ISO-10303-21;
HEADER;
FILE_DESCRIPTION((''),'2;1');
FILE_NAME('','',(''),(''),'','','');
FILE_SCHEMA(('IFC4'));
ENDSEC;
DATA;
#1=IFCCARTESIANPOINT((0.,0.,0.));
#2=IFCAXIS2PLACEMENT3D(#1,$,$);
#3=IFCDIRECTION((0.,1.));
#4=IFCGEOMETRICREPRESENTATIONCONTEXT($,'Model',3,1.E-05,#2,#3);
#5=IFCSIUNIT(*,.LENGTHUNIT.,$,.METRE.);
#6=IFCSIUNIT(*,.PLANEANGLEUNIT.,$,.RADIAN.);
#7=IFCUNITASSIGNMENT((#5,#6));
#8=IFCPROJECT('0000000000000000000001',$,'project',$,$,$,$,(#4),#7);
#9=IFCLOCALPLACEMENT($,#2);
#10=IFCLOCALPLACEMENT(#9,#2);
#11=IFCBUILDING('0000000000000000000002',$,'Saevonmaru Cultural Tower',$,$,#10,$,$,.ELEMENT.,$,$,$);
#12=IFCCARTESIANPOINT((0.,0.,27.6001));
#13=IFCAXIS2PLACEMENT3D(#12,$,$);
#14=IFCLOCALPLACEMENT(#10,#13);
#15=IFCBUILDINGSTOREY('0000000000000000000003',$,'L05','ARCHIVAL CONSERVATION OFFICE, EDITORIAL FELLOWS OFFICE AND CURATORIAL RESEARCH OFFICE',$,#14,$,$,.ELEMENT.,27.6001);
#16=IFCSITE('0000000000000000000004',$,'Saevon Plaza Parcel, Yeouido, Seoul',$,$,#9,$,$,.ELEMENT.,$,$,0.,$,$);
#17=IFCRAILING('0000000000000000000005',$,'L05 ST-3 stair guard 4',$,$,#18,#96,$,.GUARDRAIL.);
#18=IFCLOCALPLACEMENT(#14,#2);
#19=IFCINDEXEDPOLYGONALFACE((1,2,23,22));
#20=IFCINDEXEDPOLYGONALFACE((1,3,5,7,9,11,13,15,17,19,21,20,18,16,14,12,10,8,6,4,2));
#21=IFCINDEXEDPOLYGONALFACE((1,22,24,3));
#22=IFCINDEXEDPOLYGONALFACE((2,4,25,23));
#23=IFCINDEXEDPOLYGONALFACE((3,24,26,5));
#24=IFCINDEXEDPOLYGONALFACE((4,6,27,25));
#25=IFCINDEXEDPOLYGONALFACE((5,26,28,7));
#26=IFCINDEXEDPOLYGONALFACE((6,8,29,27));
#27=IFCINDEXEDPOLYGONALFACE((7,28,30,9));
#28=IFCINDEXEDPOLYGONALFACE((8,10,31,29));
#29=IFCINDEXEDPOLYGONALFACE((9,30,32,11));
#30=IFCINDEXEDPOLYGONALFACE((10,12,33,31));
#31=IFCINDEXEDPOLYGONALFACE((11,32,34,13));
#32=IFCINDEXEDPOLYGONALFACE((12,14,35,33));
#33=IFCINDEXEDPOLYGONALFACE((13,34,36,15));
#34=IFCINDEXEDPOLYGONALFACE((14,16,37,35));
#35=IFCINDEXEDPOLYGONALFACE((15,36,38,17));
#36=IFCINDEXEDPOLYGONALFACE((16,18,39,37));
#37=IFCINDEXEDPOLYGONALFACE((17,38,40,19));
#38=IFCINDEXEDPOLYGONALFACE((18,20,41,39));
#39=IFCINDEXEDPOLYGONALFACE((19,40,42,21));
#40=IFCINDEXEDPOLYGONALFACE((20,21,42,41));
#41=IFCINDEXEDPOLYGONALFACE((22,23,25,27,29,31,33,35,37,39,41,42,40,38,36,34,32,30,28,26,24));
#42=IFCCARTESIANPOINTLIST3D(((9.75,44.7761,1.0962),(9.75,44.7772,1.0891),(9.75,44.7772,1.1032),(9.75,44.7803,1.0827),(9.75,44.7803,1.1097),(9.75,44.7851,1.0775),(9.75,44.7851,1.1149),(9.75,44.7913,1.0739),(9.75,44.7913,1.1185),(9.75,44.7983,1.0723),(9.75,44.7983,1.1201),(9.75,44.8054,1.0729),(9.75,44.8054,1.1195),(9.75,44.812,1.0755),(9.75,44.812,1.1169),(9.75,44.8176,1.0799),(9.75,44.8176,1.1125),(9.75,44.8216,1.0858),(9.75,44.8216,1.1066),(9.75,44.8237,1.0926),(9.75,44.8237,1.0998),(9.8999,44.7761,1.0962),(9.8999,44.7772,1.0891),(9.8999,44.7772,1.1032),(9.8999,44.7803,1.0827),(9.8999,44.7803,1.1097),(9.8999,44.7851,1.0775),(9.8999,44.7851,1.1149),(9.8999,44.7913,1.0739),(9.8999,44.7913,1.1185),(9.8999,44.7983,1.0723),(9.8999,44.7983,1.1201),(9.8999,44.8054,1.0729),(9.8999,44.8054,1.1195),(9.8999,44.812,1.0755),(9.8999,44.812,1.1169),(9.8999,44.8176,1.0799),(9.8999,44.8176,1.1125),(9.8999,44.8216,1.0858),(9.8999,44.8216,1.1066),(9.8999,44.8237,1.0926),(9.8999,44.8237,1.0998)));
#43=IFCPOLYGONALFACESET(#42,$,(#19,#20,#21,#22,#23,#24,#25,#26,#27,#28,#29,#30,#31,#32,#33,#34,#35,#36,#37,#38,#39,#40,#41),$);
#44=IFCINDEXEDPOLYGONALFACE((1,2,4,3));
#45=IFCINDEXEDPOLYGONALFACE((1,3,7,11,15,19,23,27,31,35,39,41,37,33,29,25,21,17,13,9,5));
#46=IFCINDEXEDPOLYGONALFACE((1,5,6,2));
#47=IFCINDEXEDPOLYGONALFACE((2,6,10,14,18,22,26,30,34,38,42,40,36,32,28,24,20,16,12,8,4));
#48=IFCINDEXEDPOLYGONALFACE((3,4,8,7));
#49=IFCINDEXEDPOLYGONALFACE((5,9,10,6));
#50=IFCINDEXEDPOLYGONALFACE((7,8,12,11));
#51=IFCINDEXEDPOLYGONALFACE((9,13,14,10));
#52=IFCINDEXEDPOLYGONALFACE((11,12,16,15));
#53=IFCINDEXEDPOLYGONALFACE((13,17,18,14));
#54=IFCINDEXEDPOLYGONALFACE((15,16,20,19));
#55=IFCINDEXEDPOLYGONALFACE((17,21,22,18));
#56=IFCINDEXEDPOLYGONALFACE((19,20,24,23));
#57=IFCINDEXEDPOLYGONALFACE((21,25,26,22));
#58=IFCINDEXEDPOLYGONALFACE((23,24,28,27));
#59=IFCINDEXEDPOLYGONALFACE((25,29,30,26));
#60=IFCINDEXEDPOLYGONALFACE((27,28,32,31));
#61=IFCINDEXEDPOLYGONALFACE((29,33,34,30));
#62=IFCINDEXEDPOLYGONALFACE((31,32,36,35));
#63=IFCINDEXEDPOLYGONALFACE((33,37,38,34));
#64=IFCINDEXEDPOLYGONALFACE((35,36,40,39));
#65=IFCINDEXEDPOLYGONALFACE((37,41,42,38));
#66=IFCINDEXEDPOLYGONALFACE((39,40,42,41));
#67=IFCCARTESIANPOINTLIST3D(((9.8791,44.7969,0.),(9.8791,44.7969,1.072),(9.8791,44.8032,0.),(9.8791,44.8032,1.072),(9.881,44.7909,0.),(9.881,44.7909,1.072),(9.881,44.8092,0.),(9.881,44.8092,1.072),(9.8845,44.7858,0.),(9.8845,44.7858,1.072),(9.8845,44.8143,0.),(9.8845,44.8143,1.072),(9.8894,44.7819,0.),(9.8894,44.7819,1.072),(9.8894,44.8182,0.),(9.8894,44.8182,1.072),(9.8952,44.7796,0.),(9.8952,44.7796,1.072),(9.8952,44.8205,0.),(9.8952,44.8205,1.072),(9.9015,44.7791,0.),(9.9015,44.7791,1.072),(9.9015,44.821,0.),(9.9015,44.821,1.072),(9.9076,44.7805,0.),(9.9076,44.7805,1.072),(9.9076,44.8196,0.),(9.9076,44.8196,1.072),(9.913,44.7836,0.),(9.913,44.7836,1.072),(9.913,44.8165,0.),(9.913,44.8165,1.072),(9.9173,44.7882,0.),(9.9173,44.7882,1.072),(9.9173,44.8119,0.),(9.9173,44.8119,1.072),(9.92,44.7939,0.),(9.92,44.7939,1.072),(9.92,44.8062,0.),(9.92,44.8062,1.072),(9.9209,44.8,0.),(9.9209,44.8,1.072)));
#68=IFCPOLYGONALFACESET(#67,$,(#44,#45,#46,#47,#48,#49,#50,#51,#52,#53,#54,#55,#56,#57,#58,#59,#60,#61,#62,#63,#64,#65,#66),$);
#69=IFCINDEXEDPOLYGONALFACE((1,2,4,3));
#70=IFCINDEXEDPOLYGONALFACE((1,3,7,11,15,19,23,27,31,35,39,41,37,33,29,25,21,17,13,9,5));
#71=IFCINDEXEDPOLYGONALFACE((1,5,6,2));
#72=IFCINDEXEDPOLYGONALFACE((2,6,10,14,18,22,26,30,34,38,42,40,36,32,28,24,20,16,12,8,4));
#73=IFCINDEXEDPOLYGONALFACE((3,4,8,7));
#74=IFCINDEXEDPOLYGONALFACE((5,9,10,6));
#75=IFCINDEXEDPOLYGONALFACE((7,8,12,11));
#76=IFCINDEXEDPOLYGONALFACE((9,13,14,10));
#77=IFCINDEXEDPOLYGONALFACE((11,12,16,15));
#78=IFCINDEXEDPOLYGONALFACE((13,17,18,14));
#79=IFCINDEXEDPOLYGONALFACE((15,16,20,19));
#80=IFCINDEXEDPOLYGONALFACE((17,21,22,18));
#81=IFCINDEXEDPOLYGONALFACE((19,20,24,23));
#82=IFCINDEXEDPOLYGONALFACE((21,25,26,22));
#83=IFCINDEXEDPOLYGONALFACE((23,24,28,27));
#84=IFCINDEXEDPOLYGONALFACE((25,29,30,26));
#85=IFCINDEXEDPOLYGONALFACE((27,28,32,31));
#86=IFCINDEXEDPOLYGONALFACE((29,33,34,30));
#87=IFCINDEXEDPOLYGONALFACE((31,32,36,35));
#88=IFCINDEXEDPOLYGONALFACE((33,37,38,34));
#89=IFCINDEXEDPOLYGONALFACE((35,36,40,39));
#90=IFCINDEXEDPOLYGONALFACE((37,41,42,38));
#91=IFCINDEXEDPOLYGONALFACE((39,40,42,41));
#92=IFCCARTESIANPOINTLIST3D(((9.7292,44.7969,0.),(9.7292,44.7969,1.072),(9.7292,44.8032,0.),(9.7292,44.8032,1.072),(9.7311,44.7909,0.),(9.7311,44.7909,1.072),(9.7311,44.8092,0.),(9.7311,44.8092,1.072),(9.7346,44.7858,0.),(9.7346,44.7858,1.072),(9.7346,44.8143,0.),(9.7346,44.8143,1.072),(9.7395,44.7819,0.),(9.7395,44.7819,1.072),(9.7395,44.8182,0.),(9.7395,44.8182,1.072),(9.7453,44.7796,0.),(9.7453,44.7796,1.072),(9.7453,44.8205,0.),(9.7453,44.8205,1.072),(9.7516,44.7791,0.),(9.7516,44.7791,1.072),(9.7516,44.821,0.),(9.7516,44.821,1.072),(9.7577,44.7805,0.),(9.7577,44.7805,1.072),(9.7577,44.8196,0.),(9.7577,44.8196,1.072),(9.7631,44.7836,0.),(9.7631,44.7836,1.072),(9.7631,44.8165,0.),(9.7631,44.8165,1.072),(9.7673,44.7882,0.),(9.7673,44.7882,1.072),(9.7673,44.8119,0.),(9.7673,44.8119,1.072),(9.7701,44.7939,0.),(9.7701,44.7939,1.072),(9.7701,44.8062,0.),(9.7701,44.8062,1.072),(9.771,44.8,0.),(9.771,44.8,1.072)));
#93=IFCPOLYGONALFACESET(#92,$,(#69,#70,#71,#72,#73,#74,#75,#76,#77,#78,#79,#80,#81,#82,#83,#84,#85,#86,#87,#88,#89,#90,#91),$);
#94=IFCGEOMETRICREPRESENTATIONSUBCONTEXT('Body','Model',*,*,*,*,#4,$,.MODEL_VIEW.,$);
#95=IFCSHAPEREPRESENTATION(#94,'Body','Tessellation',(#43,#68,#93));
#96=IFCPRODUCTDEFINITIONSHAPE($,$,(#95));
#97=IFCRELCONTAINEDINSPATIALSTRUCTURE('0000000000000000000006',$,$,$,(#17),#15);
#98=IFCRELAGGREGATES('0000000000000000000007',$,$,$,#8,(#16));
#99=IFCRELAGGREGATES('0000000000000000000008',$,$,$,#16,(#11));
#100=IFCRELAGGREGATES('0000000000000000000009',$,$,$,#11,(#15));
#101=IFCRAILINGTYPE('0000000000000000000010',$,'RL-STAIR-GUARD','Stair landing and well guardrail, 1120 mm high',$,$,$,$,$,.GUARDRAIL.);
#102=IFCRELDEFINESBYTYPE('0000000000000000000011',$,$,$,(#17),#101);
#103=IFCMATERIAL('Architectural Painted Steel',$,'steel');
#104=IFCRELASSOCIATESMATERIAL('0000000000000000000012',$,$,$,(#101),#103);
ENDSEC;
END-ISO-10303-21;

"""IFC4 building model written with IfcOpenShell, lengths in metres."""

from ifc_helpers import new_model, si_unit, direction, frame, origin, origin_2d, place, context, subcontext, project, spatial, circle, extrude, material, type_object, element, save


model = new_model("IFC4")

# Units and contexts
model_context = context("Model", 3, precision=1e-05, world=origin(), true_north=direction((0.0, 1.0)))
body_context = subcontext(model_context, "Body", "Model", "MODEL_VIEW")
ifc_project = project(units=[si_unit("LENGTHUNIT", "METRE"), si_unit("PLANEANGLEUNIT", "RADIAN")], contexts=[model_context])

# Site, building, storey
site_placement = place(None, origin())
site = spatial("IfcSite", under=ifc_project, at=site_placement, Name="Saevon Plaza Parcel, Yeouido, Seoul", CompositionType="ELEMENT", RefElevation=0.0)
building_placement = place(site_placement, origin())
building = spatial("IfcBuilding", under=site, at=building_placement, Name="Saevonmaru Cultural Tower", CompositionType="ELEMENT")
storey_placement = place(building_placement, frame((0.0, 0.0, 27.6001)))
storey = spatial("IfcBuildingStorey", under=building, at=storey_placement, Name="L05", Description="ARCHIVAL CONSERVATION OFFICE, EDITORIAL FELLOWS OFFICE AND CURATORIAL RESEARCH OFFICE", CompositionType="ELEMENT", Elevation=27.6001)

# Railing
ifc_material_1 = material(Name="Architectural Painted Steel", Category="steel")
railing_type_1 = type_object("IfcRailingType", Name="RL-STAIR-GUARD", Description="Stair landing and well guardrail, 1120 mm high", PredefinedType="GUARDRAIL", material=ifc_material_1)
railing_1_placement = place(storey_placement, frame((9.8999, 44.8, 0.0)))
element("IfcRailing", 1, at=railing_1_placement, inside=storey, type_object=railing_type_1, Name="L05 ST-3 stair guard 4", PredefinedType="GUARDRAIL", context=body_context, shape_type="SweptSolid", body=[
    extrude(circle(Radius=0.0239, at=origin_2d()), frame((0.0, 0.0, 1.0962), z_axis=(-1.0, 0.0, 0.0), x_axis=(0.0, -1.0, 0.0)), (0.0, 0.0, 1.0), 0.1499),
    extrude(circle(Radius=0.021, at=origin_2d()), origin(), (0.0, 0.0, 1.0), 1.072),
    extrude(circle(Radius=0.021, at=origin_2d()), frame((-0.1499, 0.0, 0.0)), (0.0, 0.0, 1.0), 1.072),
])

save(model, "model.ifc")
